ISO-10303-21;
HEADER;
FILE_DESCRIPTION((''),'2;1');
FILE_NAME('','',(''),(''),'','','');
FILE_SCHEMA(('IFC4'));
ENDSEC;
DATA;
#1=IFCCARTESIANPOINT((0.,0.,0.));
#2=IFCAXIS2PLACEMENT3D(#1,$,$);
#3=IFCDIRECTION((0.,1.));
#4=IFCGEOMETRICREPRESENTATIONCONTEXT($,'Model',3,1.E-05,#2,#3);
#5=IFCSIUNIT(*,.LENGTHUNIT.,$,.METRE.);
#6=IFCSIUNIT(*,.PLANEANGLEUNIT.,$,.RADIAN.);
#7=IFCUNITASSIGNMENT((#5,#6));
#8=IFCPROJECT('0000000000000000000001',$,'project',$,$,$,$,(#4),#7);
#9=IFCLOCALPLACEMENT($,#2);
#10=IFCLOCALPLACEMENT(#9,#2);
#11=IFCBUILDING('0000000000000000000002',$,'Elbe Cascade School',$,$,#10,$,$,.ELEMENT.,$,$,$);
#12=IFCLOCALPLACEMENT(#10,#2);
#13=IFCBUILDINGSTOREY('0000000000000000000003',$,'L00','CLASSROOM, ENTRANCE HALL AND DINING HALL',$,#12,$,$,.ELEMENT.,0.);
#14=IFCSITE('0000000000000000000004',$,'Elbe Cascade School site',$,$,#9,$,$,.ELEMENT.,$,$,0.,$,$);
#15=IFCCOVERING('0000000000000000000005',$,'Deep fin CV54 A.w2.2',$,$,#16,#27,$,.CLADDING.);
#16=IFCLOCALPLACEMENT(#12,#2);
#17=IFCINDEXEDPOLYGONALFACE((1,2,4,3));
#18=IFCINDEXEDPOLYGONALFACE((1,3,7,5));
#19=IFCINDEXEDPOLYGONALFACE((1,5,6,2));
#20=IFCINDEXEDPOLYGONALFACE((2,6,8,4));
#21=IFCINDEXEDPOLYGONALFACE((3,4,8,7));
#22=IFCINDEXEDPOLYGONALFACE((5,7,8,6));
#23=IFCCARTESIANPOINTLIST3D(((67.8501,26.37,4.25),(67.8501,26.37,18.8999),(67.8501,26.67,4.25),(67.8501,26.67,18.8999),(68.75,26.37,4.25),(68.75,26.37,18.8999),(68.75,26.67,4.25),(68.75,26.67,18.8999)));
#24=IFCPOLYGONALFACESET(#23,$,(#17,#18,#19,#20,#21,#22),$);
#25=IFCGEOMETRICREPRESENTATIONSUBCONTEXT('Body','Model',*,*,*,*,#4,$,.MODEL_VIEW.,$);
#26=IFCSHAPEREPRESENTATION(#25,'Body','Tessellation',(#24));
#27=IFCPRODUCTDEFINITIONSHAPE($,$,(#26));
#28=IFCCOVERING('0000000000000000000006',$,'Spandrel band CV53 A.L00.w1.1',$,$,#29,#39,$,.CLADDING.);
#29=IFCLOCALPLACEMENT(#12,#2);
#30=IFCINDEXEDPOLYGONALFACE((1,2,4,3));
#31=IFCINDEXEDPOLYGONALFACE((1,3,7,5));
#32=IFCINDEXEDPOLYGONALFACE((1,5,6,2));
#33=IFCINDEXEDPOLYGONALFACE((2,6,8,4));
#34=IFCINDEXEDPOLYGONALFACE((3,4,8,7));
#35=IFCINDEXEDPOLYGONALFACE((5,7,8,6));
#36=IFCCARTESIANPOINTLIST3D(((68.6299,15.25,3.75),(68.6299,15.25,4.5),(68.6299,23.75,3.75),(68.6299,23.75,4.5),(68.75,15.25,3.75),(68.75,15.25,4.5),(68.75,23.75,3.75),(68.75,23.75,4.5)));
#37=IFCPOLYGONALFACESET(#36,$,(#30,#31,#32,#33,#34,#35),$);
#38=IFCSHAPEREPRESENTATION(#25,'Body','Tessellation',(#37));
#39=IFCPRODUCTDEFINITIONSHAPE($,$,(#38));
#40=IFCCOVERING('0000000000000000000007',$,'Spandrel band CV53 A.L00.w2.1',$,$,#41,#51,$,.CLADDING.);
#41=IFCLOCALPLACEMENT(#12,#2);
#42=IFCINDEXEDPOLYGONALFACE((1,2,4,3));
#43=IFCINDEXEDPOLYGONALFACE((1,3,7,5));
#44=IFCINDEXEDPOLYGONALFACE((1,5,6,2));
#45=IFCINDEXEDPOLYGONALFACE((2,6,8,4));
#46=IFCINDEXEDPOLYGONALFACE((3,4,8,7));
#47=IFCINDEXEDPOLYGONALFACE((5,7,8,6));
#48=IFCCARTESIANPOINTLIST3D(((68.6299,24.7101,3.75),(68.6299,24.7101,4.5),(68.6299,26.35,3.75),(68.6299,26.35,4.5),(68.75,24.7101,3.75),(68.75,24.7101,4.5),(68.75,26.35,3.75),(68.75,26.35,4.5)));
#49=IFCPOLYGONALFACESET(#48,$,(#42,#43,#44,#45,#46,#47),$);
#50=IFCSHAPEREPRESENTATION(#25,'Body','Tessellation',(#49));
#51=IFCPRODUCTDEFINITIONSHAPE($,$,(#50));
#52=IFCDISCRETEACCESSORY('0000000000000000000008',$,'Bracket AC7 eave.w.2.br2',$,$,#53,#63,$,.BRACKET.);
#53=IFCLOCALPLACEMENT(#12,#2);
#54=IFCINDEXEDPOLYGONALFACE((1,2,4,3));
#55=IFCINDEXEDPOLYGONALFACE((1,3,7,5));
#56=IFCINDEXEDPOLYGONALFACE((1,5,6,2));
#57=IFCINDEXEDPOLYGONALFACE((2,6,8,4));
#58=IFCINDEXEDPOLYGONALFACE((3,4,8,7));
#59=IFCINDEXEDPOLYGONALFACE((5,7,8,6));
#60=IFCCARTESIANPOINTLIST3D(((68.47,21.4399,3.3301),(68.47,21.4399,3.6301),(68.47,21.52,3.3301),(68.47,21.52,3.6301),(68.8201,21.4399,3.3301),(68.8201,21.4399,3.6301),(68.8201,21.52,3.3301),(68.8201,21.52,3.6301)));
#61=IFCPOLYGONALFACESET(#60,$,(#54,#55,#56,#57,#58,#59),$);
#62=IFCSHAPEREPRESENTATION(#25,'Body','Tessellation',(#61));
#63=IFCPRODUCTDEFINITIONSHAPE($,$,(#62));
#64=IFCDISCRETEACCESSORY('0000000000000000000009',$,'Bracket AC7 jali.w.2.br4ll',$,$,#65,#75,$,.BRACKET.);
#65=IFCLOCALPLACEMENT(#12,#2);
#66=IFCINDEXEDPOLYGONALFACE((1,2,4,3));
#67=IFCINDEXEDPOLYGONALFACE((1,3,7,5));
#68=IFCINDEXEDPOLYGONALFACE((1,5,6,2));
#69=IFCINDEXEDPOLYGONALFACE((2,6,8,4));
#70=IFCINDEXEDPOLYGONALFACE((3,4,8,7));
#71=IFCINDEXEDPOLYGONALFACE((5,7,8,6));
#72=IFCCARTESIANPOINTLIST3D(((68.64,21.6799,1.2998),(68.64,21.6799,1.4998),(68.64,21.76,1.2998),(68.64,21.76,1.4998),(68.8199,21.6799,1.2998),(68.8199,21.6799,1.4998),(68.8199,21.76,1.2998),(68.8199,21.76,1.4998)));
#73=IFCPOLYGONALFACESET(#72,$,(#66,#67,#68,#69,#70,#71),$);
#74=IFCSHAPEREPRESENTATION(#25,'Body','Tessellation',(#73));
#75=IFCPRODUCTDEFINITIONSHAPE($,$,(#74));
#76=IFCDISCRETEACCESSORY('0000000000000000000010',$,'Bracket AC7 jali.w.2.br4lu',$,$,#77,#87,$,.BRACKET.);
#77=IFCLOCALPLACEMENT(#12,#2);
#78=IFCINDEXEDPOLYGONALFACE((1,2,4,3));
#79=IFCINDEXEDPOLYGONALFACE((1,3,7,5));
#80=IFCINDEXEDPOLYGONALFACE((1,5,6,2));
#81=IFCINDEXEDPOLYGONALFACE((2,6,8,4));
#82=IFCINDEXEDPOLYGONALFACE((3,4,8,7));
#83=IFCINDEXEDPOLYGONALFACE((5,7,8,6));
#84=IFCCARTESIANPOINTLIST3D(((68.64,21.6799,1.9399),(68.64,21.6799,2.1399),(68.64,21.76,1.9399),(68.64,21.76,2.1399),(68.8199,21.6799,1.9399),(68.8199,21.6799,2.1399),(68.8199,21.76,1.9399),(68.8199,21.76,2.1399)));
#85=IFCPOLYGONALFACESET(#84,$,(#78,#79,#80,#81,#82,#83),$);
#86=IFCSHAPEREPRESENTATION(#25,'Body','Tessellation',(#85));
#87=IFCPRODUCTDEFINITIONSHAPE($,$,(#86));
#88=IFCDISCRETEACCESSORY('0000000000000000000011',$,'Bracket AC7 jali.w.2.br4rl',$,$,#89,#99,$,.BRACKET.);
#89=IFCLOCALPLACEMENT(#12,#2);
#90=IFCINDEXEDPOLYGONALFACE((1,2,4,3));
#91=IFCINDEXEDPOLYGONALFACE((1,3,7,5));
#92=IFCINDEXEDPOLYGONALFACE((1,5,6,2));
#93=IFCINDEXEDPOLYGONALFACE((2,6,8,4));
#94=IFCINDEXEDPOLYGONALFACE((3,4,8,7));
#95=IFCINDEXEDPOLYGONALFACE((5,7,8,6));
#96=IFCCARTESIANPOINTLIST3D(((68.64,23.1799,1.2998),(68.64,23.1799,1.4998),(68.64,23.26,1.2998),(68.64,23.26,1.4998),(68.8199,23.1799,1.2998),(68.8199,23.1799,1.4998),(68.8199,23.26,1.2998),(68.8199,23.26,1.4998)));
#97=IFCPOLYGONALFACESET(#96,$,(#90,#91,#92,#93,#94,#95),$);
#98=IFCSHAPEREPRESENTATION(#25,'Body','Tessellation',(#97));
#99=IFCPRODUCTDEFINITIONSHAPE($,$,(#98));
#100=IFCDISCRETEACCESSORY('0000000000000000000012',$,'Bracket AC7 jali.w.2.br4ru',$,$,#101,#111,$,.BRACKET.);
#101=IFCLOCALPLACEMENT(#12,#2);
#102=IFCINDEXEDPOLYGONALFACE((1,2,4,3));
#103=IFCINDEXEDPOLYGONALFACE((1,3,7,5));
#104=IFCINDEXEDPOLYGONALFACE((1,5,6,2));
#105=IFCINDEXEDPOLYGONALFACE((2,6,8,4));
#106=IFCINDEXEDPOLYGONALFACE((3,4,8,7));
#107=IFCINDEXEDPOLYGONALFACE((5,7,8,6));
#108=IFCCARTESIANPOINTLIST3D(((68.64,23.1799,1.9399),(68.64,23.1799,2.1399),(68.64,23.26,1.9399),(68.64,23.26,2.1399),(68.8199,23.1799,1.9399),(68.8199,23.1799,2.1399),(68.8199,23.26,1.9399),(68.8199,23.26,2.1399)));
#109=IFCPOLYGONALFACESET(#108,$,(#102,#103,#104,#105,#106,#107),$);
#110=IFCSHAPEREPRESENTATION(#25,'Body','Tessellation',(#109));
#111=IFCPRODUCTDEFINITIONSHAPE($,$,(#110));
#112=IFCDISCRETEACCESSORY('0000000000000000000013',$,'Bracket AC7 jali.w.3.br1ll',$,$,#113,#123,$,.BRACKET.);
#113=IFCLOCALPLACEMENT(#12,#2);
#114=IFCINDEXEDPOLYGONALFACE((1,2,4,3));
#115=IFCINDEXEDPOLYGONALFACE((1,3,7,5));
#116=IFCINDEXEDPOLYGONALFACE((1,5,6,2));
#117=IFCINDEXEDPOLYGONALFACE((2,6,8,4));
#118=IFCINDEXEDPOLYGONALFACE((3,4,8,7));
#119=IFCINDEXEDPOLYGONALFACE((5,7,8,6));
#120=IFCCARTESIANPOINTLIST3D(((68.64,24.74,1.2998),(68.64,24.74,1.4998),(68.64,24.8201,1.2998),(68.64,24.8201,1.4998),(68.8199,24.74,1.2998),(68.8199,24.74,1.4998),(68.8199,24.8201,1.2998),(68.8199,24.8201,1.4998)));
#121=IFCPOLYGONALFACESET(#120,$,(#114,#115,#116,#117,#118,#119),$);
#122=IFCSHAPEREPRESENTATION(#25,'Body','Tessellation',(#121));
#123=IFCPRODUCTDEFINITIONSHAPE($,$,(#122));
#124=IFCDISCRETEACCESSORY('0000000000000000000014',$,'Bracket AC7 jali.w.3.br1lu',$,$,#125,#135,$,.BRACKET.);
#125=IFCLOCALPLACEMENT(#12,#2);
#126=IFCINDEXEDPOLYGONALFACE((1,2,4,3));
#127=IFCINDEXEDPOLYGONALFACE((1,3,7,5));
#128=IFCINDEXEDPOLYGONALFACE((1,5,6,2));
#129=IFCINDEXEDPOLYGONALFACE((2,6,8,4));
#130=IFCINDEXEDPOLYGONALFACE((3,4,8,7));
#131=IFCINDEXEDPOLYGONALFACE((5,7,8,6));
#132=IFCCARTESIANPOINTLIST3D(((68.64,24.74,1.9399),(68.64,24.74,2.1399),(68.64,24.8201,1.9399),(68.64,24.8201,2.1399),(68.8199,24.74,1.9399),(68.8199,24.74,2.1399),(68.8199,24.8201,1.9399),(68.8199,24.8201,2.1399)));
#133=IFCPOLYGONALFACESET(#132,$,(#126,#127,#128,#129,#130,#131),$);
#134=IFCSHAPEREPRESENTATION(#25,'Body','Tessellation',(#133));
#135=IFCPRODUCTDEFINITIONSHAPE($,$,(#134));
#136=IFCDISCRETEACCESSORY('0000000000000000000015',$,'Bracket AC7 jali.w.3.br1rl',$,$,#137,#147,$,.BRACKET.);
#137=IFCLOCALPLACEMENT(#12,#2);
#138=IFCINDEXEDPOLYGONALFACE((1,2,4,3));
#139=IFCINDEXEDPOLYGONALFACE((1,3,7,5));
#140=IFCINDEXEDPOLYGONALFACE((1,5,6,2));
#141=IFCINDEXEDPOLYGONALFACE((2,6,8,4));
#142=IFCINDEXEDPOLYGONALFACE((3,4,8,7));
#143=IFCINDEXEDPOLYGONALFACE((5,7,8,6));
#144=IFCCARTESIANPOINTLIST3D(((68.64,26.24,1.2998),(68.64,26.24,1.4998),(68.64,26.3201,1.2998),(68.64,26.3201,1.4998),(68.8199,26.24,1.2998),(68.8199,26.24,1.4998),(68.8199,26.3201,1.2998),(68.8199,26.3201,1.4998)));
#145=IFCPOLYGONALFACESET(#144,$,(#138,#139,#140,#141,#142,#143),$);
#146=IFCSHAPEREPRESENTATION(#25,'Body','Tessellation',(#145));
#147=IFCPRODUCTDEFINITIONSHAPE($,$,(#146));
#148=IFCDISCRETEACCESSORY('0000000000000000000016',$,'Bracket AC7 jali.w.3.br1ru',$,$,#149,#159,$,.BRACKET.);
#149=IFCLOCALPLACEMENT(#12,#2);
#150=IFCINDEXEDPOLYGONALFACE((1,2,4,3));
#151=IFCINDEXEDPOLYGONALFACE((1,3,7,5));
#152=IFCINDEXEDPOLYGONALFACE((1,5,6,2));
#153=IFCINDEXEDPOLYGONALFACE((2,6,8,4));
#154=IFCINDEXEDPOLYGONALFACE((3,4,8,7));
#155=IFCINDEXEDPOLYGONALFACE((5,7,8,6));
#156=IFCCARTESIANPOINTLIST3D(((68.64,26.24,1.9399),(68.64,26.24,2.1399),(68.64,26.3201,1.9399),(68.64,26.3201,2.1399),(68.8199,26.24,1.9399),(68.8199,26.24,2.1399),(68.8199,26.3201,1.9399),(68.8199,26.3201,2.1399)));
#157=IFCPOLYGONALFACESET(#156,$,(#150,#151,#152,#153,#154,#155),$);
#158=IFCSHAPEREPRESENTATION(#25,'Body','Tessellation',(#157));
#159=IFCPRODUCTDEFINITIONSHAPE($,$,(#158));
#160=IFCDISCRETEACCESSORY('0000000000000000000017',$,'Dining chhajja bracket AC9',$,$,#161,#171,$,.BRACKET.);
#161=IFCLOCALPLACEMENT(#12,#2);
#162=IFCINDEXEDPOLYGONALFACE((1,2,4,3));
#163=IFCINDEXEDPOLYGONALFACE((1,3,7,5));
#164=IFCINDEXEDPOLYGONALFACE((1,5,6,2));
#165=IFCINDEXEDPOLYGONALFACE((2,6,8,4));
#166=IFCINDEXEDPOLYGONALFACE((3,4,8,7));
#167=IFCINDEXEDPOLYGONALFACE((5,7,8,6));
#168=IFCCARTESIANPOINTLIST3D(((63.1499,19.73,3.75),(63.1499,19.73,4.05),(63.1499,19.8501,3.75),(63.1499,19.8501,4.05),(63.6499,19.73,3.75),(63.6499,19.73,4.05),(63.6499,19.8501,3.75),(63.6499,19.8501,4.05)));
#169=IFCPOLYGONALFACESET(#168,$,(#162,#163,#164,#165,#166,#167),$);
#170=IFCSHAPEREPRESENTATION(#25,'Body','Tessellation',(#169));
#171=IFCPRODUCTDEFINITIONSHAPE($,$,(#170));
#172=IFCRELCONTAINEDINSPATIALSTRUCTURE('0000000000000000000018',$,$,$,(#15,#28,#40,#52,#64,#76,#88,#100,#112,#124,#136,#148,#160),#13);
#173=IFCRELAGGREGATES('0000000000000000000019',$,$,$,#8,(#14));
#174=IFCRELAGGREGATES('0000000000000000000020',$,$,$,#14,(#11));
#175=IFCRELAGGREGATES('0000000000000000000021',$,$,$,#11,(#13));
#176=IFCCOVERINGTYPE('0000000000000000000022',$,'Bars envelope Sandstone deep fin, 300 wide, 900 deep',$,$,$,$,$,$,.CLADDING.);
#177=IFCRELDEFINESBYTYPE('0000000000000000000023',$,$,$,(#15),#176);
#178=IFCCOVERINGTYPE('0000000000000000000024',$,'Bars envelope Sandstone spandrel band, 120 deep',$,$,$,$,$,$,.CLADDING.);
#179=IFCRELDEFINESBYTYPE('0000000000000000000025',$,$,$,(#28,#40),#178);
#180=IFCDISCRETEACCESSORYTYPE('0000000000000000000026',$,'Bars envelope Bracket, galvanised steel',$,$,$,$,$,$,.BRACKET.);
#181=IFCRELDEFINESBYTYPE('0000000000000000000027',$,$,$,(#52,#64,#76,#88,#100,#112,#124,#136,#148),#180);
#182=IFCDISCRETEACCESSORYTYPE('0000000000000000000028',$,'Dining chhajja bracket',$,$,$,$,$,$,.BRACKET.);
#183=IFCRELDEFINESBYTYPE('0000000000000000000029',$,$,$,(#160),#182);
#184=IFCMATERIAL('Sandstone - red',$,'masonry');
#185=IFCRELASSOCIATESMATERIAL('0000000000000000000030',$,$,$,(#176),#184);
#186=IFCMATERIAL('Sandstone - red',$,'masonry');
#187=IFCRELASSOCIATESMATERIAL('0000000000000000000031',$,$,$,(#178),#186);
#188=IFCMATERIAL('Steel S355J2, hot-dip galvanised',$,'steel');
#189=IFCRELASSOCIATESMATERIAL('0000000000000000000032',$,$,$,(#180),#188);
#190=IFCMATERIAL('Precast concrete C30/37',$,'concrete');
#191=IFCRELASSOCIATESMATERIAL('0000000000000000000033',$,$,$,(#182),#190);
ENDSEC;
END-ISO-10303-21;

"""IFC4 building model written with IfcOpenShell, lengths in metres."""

from ifc_helpers import new_model, si_unit, direction, frame, origin, origin_2d, place, context, subcontext, project, spatial, rectangle, extrude, material, type_object, element, save


model = new_model("IFC4")

# Units and contexts
model_context = context("Model", 3, precision=1e-05, world=origin(), true_north=direction((0.0, 1.0)))
body_context = subcontext(model_context, "Body", "Model", "MODEL_VIEW")
ifc_project = project(units=[si_unit("LENGTHUNIT", "METRE"), si_unit("PLANEANGLEUNIT", "RADIAN")], contexts=[model_context])

# Site, building, storey
site_placement = place(None, origin())
site = spatial("IfcSite", under=ifc_project, at=site_placement, Name="Elbe Cascade School site", CompositionType="ELEMENT", RefElevation=0.0)
building_placement = place(site_placement, origin())
building = spatial("IfcBuilding", under=site, at=building_placement, Name="Elbe Cascade School", CompositionType="ELEMENT")
storey_placement = place(building_placement, origin())
storey = spatial("IfcBuildingStorey", under=building, at=storey_placement, Name="L00", Description="CLASSROOM, ENTRANCE HALL AND DINING HALL", CompositionType="ELEMENT", Elevation=0.0)

# Coverings
ifc_material_1 = material(Name="Sandstone - red", Category="masonry")
covering_type_1 = type_object("IfcCoveringType", Name="Bars envelope Sandstone deep fin, 300 wide, 900 deep", PredefinedType="CLADDING", material=ifc_material_1)
for number, where, z_axis, x_axis, name in (
    (1, (68.3, 26.52, 4.25), (0.0, 0.0, 1.0), (0.0, 1.0, 0.0), "Deep fin CV54 A.w2.2"),
):
    element("IfcCovering", number, at=place(storey_placement, frame(where, z_axis=z_axis, x_axis=x_axis)), inside=storey, type_object=covering_type_1, Name=name, PredefinedType="CLADDING", context=body_context, shape_type="SweptSolid", body=[
        extrude(rectangle(XDim=0.3, YDim=0.8999, at=origin_2d()), origin(), (0.0, 0.0, 1.0), 14.6499),
    ])
ifc_material_2 = material(Name="Sandstone - red", Category="masonry")
covering_type_2 = type_object("IfcCoveringType", Name="Bars envelope Sandstone spandrel band, 120 deep", PredefinedType="CLADDING", material=ifc_material_2)
covering_1_placement = place(storey_placement, frame((68.6899, 19.5, 3.75), z_axis=(0.0, 0.0, 1.0), x_axis=(0.0, 1.0, 0.0)))
element("IfcCovering", 2, at=covering_1_placement, inside=storey, type_object=covering_type_2, Name="Spandrel band CV53 A.L00.w1.1", PredefinedType="CLADDING", context=body_context, shape_type="SweptSolid", body=[
    extrude(rectangle(XDim=8.5, YDim=0.1201, at=origin_2d()), origin(), (0.0, 0.0, 1.0), 0.75),
])
covering_2_placement = place(storey_placement, frame((68.6899, 25.53, 3.75), z_axis=(0.0, 0.0, 1.0), x_axis=(0.0, 1.0, 0.0)))
element("IfcCovering", 3, at=covering_2_placement, inside=storey, type_object=covering_type_2, Name="Spandrel band CV53 A.L00.w2.1", PredefinedType="CLADDING", context=body_context, shape_type="SweptSolid", body=[
    extrude(rectangle(XDim=1.6399, YDim=0.1201, at=origin_2d()), origin(), (0.0, 0.0, 1.0), 0.75),
])

# Discrete accessories
ifc_material_3 = material(Name="Steel S355J2, hot-dip galvanised", Category="steel")
discrete_accessory_type_1 = type_object("IfcDiscreteAccessoryType", Name="Bars envelope Bracket, galvanised steel", PredefinedType="BRACKET", material=ifc_material_3)
discrete_accessory_1_placement = place(storey_placement, frame((68.645, 21.48, 3.3301), z_axis=(0.0, 0.0, 1.0), x_axis=(0.0, 1.0, 0.0)))
element("IfcDiscreteAccessory", 4, at=discrete_accessory_1_placement, inside=storey, type_object=discrete_accessory_type_1, Name="Bracket AC7 eave.w.2.br2", PredefinedType="BRACKET", context=body_context, shape_type="SweptSolid", body=[
    extrude(rectangle(XDim=0.0801, YDim=0.3501, at=origin_2d()), origin(), (0.0, 0.0, 1.0), 0.3),
])
for number, where, z_axis, x_axis, name in (
    (5, (68.73, 21.72, 1.2998), (0.0, 0.0, 1.0), (0.0, 1.0, 0.0), "Bracket AC7 jali.w.2.br4ll"),
    (6, (68.73, 21.72, 1.9399), (0.0, 0.0, 1.0), (0.0, 1.0, 0.0), "Bracket AC7 jali.w.2.br4lu"),
    (7, (68.73, 23.22, 1.2998), (0.0, 0.0, 1.0), (0.0, 1.0, 0.0), "Bracket AC7 jali.w.2.br4rl"),
    (8, (68.73, 23.22, 1.9399), (0.0, 0.0, 1.0), (0.0, 1.0, 0.0), "Bracket AC7 jali.w.2.br4ru"),
    (9, (68.73, 24.78, 1.2998), (0.0, 0.0, 1.0), (0.0, 1.0, 0.0), "Bracket AC7 jali.w.3.br1ll"),
    (10, (68.73, 24.78, 1.9399), (0.0, 0.0, 1.0), (0.0, 1.0, 0.0), "Bracket AC7 jali.w.3.br1lu"),
    (11, (68.73, 26.28, 1.2998), (0.0, 0.0, 1.0), (0.0, 1.0, 0.0), "Bracket AC7 jali.w.3.br1rl"),
    (12, (68.73, 26.28, 1.9399), (0.0, 0.0, 1.0), (0.0, 1.0, 0.0), "Bracket AC7 jali.w.3.br1ru"),
):
    element("IfcDiscreteAccessory", number, at=place(storey_placement, frame(where, z_axis=z_axis, x_axis=x_axis)), inside=storey, type_object=discrete_accessory_type_1, Name=name, PredefinedType="BRACKET", context=body_context, shape_type="SweptSolid", body=[
        extrude(rectangle(XDim=0.0801, YDim=0.1799, at=origin_2d()), origin(), (0.0, 0.0, 1.0), 0.2),
    ])
ifc_material_4 = material(Name="Precast concrete C30/37", Category="concrete")
discrete_accessory_type_2 = type_object("IfcDiscreteAccessoryType", Name="Dining chhajja bracket", PredefinedType="BRACKET", material=ifc_material_4)
discrete_accessory_2_placement = place(storey_placement, frame((63.3999, 19.79, 3.75), z_axis=(0.0, 0.0, 1.0), x_axis=(1.0, 0.0, 0.0)))
element("IfcDiscreteAccessory", 13, at=discrete_accessory_2_placement, inside=storey, type_object=discrete_accessory_type_2, Name="Dining chhajja bracket AC9", PredefinedType="BRACKET", context=body_context, shape_type="SweptSolid", body=[
    extrude(rectangle(XDim=0.5, YDim=0.1201, at=origin_2d()), origin(), (0.0, 0.0, 1.0), 0.3),
])

save(model, "model.ifc")
